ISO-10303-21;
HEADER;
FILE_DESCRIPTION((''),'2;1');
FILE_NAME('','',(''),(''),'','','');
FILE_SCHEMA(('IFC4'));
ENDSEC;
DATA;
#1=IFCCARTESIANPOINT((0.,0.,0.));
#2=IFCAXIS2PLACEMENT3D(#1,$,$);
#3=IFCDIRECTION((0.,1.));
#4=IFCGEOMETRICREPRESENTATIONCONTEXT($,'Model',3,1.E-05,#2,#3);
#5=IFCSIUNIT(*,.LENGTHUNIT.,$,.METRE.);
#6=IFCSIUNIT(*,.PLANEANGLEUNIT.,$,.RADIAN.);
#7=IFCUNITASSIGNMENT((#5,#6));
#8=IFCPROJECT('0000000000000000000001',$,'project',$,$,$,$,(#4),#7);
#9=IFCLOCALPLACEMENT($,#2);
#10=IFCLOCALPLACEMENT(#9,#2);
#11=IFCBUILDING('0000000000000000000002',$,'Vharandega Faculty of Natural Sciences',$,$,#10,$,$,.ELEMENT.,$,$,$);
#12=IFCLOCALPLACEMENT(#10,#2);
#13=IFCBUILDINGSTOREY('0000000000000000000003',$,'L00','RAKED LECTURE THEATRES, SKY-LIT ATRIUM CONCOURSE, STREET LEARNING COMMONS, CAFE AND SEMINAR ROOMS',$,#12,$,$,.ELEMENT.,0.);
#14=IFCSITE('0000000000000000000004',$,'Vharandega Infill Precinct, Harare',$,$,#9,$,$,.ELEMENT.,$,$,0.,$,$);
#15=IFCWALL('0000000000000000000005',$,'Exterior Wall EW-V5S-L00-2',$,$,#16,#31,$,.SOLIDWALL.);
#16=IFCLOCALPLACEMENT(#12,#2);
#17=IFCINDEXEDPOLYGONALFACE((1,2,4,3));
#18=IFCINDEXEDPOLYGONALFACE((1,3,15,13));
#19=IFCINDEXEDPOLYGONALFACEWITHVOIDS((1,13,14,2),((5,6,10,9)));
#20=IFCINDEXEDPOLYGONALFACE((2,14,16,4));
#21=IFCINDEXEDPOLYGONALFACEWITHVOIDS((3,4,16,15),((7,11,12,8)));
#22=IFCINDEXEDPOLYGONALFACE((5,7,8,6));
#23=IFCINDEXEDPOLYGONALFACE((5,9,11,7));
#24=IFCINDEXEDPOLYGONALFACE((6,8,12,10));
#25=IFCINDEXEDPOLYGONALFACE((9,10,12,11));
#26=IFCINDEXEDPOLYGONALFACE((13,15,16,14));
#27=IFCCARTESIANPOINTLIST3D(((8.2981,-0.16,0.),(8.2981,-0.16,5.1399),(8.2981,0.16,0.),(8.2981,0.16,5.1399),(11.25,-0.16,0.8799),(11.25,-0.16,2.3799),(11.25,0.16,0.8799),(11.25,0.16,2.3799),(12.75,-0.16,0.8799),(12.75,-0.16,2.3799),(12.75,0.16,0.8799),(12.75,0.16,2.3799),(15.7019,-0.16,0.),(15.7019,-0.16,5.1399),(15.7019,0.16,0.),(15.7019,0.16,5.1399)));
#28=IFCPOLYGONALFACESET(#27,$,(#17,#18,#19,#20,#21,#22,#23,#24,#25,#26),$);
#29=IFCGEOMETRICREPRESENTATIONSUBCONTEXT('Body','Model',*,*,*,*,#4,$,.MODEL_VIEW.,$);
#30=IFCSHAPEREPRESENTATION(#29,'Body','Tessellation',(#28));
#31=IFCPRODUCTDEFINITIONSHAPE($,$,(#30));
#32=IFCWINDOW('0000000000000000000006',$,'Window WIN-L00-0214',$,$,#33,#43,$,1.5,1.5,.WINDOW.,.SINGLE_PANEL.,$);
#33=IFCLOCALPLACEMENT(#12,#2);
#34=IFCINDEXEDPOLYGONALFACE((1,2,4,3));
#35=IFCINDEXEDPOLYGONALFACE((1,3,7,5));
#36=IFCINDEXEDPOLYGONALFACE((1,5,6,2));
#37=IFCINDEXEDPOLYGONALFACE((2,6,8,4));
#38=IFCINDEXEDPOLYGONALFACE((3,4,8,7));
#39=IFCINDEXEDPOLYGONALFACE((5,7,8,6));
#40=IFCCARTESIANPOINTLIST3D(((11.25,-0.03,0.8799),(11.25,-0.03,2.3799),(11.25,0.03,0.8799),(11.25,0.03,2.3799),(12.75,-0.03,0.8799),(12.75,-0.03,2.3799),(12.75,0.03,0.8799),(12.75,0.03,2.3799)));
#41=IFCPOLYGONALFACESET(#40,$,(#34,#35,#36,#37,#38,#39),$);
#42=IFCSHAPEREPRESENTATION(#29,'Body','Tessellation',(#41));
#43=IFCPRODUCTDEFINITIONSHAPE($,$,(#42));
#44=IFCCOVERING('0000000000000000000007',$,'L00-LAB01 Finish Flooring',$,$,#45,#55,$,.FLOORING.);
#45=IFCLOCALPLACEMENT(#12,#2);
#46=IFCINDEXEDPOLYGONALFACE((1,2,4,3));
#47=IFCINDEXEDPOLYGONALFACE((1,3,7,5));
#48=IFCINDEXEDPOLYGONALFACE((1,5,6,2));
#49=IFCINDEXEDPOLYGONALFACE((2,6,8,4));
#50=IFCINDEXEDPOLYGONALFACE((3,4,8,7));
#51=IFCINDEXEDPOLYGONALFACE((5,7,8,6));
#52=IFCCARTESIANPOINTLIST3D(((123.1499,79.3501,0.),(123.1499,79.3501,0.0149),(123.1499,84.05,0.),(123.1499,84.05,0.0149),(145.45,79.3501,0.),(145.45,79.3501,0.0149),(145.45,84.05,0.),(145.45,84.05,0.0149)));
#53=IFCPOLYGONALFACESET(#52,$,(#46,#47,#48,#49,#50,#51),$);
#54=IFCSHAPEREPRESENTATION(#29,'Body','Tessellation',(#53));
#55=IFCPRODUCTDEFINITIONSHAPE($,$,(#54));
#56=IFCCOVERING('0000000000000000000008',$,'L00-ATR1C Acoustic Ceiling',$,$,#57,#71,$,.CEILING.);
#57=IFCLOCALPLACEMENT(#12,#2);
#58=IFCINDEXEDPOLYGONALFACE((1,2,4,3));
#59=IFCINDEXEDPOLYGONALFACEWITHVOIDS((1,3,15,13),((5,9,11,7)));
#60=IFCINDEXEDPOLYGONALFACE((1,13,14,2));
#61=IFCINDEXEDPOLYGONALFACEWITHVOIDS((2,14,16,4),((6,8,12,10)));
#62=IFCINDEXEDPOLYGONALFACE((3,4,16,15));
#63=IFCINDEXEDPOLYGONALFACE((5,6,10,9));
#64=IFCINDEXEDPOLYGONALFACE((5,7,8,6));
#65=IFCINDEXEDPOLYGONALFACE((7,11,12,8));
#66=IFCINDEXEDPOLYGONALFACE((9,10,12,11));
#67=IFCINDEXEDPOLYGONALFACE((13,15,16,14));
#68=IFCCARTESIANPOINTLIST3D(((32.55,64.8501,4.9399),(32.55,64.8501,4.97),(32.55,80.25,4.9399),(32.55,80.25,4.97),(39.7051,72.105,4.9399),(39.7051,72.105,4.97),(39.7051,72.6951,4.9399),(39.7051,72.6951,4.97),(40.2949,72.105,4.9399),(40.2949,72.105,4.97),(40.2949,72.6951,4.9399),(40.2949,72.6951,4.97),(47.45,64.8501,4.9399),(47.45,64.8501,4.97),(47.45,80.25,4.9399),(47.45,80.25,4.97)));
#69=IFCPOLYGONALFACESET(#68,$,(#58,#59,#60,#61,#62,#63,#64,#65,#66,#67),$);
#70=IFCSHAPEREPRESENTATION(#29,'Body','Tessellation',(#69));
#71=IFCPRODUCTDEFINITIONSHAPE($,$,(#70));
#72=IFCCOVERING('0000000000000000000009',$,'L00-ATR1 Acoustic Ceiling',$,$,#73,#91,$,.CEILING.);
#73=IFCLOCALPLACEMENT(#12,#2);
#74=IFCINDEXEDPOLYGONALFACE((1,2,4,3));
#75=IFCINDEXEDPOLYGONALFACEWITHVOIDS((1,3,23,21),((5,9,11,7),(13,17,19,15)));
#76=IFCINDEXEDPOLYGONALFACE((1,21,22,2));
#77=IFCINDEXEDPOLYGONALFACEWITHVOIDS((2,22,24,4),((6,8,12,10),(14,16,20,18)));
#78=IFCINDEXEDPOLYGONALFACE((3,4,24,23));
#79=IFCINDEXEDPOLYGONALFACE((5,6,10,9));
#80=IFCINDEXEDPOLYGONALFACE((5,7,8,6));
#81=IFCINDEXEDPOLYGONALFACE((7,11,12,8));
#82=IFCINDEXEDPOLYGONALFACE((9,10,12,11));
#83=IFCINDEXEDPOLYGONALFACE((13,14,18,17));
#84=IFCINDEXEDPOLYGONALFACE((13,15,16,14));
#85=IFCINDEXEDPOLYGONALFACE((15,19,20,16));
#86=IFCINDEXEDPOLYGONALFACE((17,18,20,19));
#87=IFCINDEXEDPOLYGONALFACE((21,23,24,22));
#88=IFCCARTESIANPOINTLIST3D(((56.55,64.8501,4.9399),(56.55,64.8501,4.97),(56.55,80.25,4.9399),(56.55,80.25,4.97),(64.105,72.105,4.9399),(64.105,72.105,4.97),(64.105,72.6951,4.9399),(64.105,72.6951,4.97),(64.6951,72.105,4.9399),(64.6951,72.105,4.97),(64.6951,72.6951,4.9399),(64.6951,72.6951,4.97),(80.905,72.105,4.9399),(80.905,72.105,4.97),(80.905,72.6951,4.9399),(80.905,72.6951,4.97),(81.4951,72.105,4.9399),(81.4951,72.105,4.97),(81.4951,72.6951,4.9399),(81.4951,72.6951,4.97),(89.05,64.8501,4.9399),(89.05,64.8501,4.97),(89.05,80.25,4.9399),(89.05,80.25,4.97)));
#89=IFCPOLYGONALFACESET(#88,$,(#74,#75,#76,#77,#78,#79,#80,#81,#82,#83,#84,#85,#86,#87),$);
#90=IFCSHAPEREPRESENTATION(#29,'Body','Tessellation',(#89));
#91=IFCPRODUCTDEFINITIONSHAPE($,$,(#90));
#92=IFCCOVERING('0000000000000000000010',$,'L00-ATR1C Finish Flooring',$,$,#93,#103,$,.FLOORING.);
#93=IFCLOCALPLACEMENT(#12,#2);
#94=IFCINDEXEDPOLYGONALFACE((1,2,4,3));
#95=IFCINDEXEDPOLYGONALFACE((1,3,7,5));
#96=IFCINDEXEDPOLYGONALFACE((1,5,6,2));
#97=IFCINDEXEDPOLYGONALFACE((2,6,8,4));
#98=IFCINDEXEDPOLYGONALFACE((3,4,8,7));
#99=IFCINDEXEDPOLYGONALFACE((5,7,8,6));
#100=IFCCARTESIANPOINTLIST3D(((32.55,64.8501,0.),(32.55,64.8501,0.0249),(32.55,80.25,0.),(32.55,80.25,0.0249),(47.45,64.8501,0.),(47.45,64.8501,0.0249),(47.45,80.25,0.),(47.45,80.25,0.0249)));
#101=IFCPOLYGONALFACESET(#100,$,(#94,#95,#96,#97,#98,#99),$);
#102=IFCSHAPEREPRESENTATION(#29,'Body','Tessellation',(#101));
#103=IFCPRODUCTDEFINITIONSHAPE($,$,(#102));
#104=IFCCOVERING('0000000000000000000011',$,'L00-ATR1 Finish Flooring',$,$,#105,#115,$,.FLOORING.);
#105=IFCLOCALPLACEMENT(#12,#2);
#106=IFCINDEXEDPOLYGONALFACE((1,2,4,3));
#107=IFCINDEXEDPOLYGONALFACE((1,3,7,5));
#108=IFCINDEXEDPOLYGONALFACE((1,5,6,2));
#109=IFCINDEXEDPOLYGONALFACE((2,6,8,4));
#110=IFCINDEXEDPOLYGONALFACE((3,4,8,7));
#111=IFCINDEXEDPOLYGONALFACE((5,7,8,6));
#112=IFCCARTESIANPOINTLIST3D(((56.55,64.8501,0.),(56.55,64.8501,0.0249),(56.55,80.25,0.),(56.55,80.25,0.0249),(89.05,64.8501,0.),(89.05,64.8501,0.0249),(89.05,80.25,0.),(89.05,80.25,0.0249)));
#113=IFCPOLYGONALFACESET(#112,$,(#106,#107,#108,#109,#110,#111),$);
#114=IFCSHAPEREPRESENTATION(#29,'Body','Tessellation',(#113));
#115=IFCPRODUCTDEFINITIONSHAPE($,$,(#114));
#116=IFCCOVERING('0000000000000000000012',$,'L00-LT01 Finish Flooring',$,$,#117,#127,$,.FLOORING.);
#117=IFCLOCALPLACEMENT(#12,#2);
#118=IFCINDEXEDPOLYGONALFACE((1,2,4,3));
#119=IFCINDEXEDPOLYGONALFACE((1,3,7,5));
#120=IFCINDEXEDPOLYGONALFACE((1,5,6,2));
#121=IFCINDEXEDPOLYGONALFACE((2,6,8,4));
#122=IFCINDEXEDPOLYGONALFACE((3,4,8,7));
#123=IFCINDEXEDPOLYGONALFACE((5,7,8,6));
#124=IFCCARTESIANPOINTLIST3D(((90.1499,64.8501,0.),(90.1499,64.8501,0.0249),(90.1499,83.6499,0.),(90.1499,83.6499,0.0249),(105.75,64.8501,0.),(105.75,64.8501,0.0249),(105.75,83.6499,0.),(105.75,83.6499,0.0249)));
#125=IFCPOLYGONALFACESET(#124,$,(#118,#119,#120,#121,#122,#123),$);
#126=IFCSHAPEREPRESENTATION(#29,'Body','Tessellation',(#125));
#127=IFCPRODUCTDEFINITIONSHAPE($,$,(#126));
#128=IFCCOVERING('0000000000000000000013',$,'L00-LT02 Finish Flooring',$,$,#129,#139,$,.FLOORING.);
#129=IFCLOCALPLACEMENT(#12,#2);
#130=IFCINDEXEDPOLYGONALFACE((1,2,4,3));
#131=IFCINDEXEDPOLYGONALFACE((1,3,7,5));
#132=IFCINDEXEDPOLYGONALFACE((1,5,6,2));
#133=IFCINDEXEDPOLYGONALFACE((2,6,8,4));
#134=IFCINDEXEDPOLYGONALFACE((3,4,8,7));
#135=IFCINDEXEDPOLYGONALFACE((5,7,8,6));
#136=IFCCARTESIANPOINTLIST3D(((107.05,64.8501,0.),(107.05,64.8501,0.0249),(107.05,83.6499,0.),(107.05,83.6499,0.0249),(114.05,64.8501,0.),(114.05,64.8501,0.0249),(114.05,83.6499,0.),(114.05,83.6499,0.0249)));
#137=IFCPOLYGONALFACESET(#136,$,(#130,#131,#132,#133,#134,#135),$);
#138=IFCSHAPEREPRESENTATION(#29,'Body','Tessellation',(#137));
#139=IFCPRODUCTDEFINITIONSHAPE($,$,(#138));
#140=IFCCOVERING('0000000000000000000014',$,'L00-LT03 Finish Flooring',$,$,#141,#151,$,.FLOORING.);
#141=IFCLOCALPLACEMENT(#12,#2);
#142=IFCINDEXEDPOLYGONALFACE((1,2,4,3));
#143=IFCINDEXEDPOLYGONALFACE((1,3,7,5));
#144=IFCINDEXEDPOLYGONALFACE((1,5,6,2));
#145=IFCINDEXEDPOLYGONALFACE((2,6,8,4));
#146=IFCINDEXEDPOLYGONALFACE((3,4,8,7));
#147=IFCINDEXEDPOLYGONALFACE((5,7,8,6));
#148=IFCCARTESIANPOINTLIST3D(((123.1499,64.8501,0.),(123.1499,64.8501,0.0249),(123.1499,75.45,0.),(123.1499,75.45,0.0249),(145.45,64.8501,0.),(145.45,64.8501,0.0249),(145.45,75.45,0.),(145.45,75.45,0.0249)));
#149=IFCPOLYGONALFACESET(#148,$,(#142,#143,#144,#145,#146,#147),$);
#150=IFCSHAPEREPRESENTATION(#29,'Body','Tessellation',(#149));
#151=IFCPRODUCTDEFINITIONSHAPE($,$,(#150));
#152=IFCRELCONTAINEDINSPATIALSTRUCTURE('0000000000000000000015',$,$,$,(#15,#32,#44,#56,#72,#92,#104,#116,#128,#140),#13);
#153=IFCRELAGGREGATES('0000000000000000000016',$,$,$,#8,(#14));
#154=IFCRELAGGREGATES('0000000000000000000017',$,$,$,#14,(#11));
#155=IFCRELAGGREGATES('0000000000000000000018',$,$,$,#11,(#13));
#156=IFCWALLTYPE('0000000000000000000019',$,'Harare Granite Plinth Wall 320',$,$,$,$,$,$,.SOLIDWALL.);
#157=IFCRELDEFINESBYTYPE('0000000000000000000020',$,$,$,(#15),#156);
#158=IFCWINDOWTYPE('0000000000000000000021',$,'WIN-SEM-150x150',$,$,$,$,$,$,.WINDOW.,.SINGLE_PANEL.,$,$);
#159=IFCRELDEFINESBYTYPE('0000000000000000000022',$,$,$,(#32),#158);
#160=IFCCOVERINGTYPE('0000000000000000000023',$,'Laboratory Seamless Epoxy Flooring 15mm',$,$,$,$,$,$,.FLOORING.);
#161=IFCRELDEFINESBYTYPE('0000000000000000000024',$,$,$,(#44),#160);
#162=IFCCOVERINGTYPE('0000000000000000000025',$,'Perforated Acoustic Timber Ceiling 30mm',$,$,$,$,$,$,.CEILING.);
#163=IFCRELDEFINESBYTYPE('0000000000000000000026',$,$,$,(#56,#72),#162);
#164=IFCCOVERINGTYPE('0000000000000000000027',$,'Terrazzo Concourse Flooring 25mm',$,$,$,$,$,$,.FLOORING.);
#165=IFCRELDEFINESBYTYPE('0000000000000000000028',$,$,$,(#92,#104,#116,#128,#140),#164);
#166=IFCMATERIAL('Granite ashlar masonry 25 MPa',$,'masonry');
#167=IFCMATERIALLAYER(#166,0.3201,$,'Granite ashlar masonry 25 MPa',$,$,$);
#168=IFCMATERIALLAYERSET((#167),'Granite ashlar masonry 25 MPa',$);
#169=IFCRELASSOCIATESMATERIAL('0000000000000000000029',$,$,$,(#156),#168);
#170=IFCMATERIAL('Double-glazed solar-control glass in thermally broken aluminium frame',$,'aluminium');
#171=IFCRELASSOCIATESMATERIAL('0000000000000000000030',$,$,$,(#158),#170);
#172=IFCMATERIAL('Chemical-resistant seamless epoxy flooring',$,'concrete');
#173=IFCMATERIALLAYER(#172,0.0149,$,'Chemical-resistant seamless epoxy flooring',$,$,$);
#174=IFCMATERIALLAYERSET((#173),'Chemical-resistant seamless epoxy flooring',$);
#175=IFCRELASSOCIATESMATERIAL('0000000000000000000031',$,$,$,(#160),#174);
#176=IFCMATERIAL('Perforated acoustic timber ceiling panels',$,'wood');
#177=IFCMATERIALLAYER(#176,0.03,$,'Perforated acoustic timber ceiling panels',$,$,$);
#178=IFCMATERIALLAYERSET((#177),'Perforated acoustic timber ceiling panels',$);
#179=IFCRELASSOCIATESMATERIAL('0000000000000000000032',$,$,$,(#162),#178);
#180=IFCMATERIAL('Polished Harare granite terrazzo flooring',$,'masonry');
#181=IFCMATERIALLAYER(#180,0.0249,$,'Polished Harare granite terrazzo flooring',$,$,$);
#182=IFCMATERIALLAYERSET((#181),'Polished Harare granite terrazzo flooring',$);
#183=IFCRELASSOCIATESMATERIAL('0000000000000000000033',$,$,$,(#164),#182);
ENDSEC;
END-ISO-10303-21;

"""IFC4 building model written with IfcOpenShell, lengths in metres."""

from ifc_helpers import new_model, si_unit, direction, frame, frame_2d, origin, place, context, subcontext, project, spatial, polyline, rectangle, outline, extrude, material, layer, layer_set, type_object, element, fill, save


model = new_model("IFC4")

# Units and contexts
model_context = context("Model", 3, precision=1e-05, world=origin(), true_north=direction((0.0, 1.0)))
body_context = subcontext(model_context, "Body", "Model", "MODEL_VIEW")
ifc_project = project(units=[si_unit("LENGTHUNIT", "METRE"), si_unit("PLANEANGLEUNIT", "RADIAN")], contexts=[model_context])

# Site, building, storey
site_placement = place(None, origin())
site = spatial("IfcSite", under=ifc_project, at=site_placement, Name="Vharandega Infill Precinct, Harare", CompositionType="ELEMENT", RefElevation=0.0)
building_placement = place(site_placement, origin())
building = spatial("IfcBuilding", under=site, at=building_placement, Name="Vharandega Faculty of Natural Sciences", CompositionType="ELEMENT")
storey_placement = place(building_placement, origin())
storey = spatial("IfcBuildingStorey", under=building, at=storey_placement, Name="L00", Description="RAKED LECTURE THEATRES, SKY-LIT ATRIUM CONCOURSE, STREET LEARNING COMMONS, CAFE AND SEMINAR ROOMS", CompositionType="ELEMENT", Elevation=0.0)

# Wall, opening, window
ifc_material_1 = material(Name="Granite ashlar masonry 25 MPa", Category="masonry")
ifc_layer_1 = layer(ifc_material_1, 0.3201, Name="Granite ashlar masonry 25 MPa")
ifc_layer_set_1 = layer_set([ifc_layer_1], Name="Granite ashlar masonry 25 MPa")
wall_type_1 = type_object("IfcWallType", Name="Harare Granite Plinth Wall 320", PredefinedType="SOLIDWALL", material=ifc_layer_set_1)
wall_1_placement = place(storey_placement, frame((15.7019, 0.0, 0.0), z_axis=(0.0, 0.0, 1.0), x_axis=(-1.0, 0.0, 0.0)))
wall_1 = element("IfcWall", 1, at=wall_1_placement, inside=storey, type_object=wall_type_1, Name="Exterior Wall EW-V5S-L00-2", PredefinedType="SOLIDWALL", context=body_context, shape_type="SweptSolid", body=[
    extrude(rectangle(XDim=7.4038, YDim=0.3201, at=frame_2d((3.7019, 0.0))), origin(), (0.0, 0.0, 1.0), 5.1399),
])
opening_1_placement = place(wall_1_placement, frame((2.9519, 0.0, 0.8799)))
opening_1 = element("IfcOpeningElement", 2, at=opening_1_placement, cuts=wall_1, PredefinedType="OPENING", context=body_context, shape_type="SweptSolid", body=[
    extrude(rectangle(XDim=1.5, YDim=1.5, at=frame_2d((0.75, 0.75))), frame((0.0, 0.1699, 0.0), z_axis=(0.0, -1.0, 0.0), x_axis=(1.0, 0.0, 0.0)), (0.0, 0.0, 1.0), 0.3401),
])
ifc_material_2 = material(Name="Double-glazed solar-control glass in thermally broken aluminium frame", Category="aluminium")
window_type_1 = type_object("IfcWindowType", Name="WIN-SEM-150x150", PartitioningType="SINGLE_PANEL", PredefinedType="WINDOW", material=ifc_material_2)
window_1_placement = place(opening_1_placement, origin())
window_1 = element("IfcWindow", 3, at=window_1_placement, inside=storey, type_object=window_type_1, Name="Window WIN-L00-0214", OverallHeight=1.5, OverallWidth=1.5, PartitioningType="SINGLE_PANEL", PredefinedType="WINDOW", context=body_context, shape_type="SweptSolid", body=[
    extrude(rectangle(XDim=1.5, YDim=1.5, at=frame_2d((0.75, 0.75))), frame((0.0, 0.03, 0.0), z_axis=(0.0, -1.0, 0.0), x_axis=(1.0, 0.0, 0.0)), (0.0, 0.0, 1.0), 0.0601),
])
fill(opening_1, window_1)

# Coverings
ifc_material_3 = material(Name="Chemical-resistant seamless epoxy flooring", Category="concrete")
ifc_layer_2 = layer(ifc_material_3, 0.0149, Name="Chemical-resistant seamless epoxy flooring")
ifc_layer_set_2 = layer_set([ifc_layer_2], Name="Chemical-resistant seamless epoxy flooring")
covering_type_1 = type_object("IfcCoveringType", Name="Laboratory Seamless Epoxy Flooring 15mm", PredefinedType="FLOORING", material=ifc_layer_set_2)
covering_1_placement = place(storey_placement, origin())
element("IfcCovering", 4, at=covering_1_placement, inside=storey, type_object=covering_type_1, Name="L00-LAB01 Finish Flooring", PredefinedType="FLOORING", context=body_context, shape_type="SweptSolid", body=[
    extrude(outline(polyline([(123.1499, 79.3501), (145.45, 79.3501), (145.45, 84.05), (123.1499, 84.05), (123.1499, 79.3501)])), origin(), (0.0, 0.0, 1.0), 0.0149),
])
ifc_material_4 = material(Name="Perforated acoustic timber ceiling panels", Category="wood")
ifc_layer_3 = layer(ifc_material_4, 0.03, Name="Perforated acoustic timber ceiling panels")
ifc_layer_set_3 = layer_set([ifc_layer_3], Name="Perforated acoustic timber ceiling panels")
covering_type_2 = type_object("IfcCoveringType", Name="Perforated Acoustic Timber Ceiling 30mm", PredefinedType="CEILING", material=ifc_layer_set_3)
covering_2_placement = place(storey_placement, frame((0.0, 0.0, 4.9399)))
element("IfcCovering", 5, at=covering_2_placement, inside=storey, type_object=covering_type_2, Name="L00-ATR1C Acoustic Ceiling", PredefinedType="CEILING", context=body_context, shape_type="SweptSolid", body=[
    extrude(outline(polyline([(32.55, 64.8501), (47.45, 64.8501), (47.45, 80.25), (32.55, 80.25), (32.55, 64.8501)]), holes=[polyline([(39.7051, 72.105), (40.2949, 72.105), (40.2949, 72.6951), (39.7051, 72.6951), (39.7051, 72.105)])]), origin(), (0.0, 0.0, 1.0), 0.03),
])
covering_3_placement = place(storey_placement, frame((0.0, 0.0, 4.9399)))
element("IfcCovering", 6, at=covering_3_placement, inside=storey, type_object=covering_type_2, Name="L00-ATR1 Acoustic Ceiling", PredefinedType="CEILING", context=body_context, shape_type="SweptSolid", body=[
    extrude(outline(polyline([(56.55, 64.8501), (89.05, 64.8501), (89.05, 80.25), (56.55, 80.25), (56.55, 64.8501)]), holes=[polyline([(80.905, 72.105), (81.4951, 72.105), (81.4951, 72.6951), (80.905, 72.6951), (80.905, 72.105)]), polyline([(64.105, 72.105), (64.6951, 72.105), (64.6951, 72.6951), (64.105, 72.6951), (64.105, 72.105)])]), origin(), (0.0, 0.0, 1.0), 0.03),
])
ifc_material_5 = material(Name="Polished Harare granite terrazzo flooring", Category="masonry")
ifc_layer_4 = layer(ifc_material_5, 0.0249, Name="Polished Harare granite terrazzo flooring")
ifc_layer_set_4 = layer_set([ifc_layer_4], Name="Polished Harare granite terrazzo flooring")
covering_type_3 = type_object("IfcCoveringType", Name="Terrazzo Concourse Flooring 25mm", PredefinedType="FLOORING", material=ifc_layer_set_4)
covering_4_placement = place(storey_placement, origin())
element("IfcCovering", 7, at=covering_4_placement, inside=storey, type_object=covering_type_3, Name="L00-ATR1C Finish Flooring", PredefinedType="FLOORING", context=body_context, shape_type="SweptSolid", body=[
    extrude(outline(polyline([(32.55, 64.8501), (47.45, 64.8501), (47.45, 80.25), (32.55, 80.25), (32.55, 64.8501)])), origin(), (0.0, 0.0, 1.0), 0.0249),
])
covering_5_placement = place(storey_placement, origin())
element("IfcCovering", 8, at=covering_5_placement, inside=storey, type_object=covering_type_3, Name="L00-ATR1 Finish Flooring", PredefinedType="FLOORING", context=body_context, shape_type="SweptSolid", body=[
    extrude(outline(polyline([(56.55, 64.8501), (89.05, 64.8501), (89.05, 80.25), (56.55, 80.25), (56.55, 64.8501)])), origin(), (0.0, 0.0, 1.0), 0.0249),
])
covering_6_placement = place(storey_placement, origin())
element("IfcCovering", 9, at=covering_6_placement, inside=storey, type_object=covering_type_3, Name="L00-LT01 Finish Flooring", PredefinedType="FLOORING", context=body_context, shape_type="SweptSolid", body=[
    extrude(outline(polyline([(90.1499, 64.8501), (105.75, 64.8501), (105.75, 83.6499), (90.1499, 83.6499), (90.1499, 64.8501)])), origin(), (0.0, 0.0, 1.0), 0.0249),
])
covering_7_placement = place(storey_placement, origin())
element("IfcCovering", 10, at=covering_7_placement, inside=storey, type_object=covering_type_3, Name="L00-LT02 Finish Flooring", PredefinedType="FLOORING", context=body_context, shape_type="SweptSolid", body=[
    extrude(outline(polyline([(107.05, 64.8501), (114.05, 64.8501), (114.05, 83.6499), (107.05, 83.6499), (107.05, 64.8501)])), origin(), (0.0, 0.0, 1.0), 0.0249),
])
covering_8_placement = place(storey_placement, origin())
element("IfcCovering", 11, at=covering_8_placement, inside=storey, type_object=covering_type_3, Name="L00-LT03 Finish Flooring", PredefinedType="FLOORING", context=body_context, shape_type="SweptSolid", body=[
    extrude(outline(polyline([(123.1499, 64.8501), (145.45, 64.8501), (145.45, 75.45), (123.1499, 75.45), (123.1499, 64.8501)])), origin(), (0.0, 0.0, 1.0), 0.0249),
])

save(model, "model.ifc")
